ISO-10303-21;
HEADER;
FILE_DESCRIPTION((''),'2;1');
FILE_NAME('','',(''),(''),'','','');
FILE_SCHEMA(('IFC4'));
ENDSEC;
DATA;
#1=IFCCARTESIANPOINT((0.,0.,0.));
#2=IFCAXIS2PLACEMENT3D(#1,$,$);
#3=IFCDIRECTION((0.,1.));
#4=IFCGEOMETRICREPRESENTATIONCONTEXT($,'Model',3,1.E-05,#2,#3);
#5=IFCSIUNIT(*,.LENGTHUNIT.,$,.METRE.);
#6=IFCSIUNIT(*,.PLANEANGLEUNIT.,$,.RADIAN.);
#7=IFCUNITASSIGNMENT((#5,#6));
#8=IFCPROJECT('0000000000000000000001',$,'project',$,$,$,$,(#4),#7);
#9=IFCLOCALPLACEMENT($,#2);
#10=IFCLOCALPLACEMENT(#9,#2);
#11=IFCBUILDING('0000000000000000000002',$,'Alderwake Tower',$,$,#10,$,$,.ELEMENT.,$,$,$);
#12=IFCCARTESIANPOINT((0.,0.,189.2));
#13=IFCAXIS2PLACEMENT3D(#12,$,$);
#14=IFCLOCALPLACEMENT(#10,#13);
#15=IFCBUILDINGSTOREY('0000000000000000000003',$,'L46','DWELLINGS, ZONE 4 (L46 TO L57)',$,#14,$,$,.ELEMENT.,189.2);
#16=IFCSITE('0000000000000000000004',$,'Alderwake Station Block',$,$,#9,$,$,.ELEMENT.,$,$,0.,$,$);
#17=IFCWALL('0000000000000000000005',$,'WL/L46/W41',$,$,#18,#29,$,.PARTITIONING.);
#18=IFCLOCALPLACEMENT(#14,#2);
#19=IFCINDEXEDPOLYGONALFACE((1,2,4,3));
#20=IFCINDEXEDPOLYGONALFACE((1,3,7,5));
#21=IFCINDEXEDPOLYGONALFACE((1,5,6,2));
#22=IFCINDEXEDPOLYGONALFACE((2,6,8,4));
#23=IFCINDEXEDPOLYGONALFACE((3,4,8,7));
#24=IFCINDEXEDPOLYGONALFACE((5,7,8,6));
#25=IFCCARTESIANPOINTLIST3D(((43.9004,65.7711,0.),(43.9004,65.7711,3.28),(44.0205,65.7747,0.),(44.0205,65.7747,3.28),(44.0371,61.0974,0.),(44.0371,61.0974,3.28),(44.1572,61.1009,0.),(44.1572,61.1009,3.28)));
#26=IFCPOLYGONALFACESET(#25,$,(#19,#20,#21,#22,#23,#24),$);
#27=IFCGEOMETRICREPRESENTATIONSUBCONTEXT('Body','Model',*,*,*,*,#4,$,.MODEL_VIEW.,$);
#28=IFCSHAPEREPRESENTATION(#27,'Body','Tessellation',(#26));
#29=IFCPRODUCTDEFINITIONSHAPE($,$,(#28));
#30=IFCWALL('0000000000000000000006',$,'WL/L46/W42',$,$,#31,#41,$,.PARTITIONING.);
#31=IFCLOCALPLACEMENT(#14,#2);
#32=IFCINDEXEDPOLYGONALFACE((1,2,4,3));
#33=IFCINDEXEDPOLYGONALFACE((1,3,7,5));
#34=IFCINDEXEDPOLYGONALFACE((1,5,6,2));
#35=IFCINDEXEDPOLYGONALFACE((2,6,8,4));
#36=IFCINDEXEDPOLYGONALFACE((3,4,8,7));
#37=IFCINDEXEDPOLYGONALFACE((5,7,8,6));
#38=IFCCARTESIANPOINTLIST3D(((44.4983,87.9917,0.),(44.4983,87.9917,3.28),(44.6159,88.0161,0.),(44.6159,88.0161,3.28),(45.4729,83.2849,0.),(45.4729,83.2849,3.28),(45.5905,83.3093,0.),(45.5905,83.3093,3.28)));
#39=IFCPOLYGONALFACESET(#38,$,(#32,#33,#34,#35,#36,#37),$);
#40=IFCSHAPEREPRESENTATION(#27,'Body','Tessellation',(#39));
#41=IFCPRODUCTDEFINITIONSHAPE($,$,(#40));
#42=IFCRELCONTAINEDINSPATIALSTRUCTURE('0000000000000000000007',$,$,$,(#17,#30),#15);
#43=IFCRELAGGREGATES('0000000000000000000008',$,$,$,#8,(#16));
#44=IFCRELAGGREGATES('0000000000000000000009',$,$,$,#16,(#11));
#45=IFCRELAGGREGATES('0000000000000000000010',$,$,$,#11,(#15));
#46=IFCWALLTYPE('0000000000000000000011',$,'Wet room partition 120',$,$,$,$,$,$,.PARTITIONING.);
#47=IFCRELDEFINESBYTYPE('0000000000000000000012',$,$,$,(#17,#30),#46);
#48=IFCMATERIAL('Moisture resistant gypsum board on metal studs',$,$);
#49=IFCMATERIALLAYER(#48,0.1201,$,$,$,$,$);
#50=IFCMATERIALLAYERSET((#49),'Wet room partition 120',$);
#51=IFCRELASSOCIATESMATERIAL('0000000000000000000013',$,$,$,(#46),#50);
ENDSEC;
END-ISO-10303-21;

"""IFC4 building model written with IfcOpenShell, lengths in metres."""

from ifc_helpers import new_model, si_unit, direction, frame, frame_2d, origin, place, context, subcontext, project, spatial, rectangle, extrude, material, layer, layer_set, type_object, element, save


model = new_model("IFC4")

# Units and contexts
model_context = context("Model", 3, precision=1e-05, world=origin(), true_north=direction((0.0, 1.0)))
body_context = subcontext(model_context, "Body", "Model", "MODEL_VIEW")
ifc_project = project(units=[si_unit("LENGTHUNIT", "METRE"), si_unit("PLANEANGLEUNIT", "RADIAN")], contexts=[model_context])

# Site, building, storey
site_placement = place(None, origin())
site = spatial("IfcSite", under=ifc_project, at=site_placement, Name="Alderwake Station Block", CompositionType="ELEMENT", RefElevation=0.0)
building_placement = place(site_placement, origin())
building = spatial("IfcBuilding", under=site, at=building_placement, Name="Alderwake Tower", CompositionType="ELEMENT")
storey_placement = place(building_placement, frame((0.0, 0.0, 189.2)))
storey = spatial("IfcBuildingStorey", under=building, at=storey_placement, Name="L46", Description="DWELLINGS, ZONE 4 (L46 TO L57)", CompositionType="ELEMENT", Elevation=189.2)

# Shared definitions
ifc_material_1 = material(Name="Moisture resistant gypsum board on metal studs")
ifc_layer_1 = layer(ifc_material_1, 0.1201)
ifc_layer_set_1 = layer_set([ifc_layer_1], Name="Wet room partition 120")
wall_type_1 = type_object("IfcWallType", Name="Wet room partition 120", PredefinedType="PARTITIONING", material=ifc_layer_set_1)

# Walls
wall_1_placement = place(storey_placement, frame((44.0972, 61.0991, 0.0), z_axis=(0.0, 0.0, 1.0), x_axis=(-0.029239, 0.999572, 0.0)))
element("IfcWall", 1, at=wall_1_placement, inside=storey, type_object=wall_type_1, Name="WL/L46/W41", PredefinedType="PARTITIONING", context=body_context, shape_type="SweptSolid", body=[
    extrude(rectangle(XDim=4.6758, YDim=0.1201, at=frame_2d((2.3379, 0.0))), origin(), (0.0, 0.0, 1.0), 3.28),
])
wall_2_placement = place(storey_placement, frame((45.5317, 83.2971, 0.0), z_axis=(0.0, 0.0, 1.0), x_axis=(-0.202763, 0.979228, 0.0)))
element("IfcWall", 2, at=wall_2_placement, inside=storey, type_object=wall_type_1, Name="WL/L46/W42", PredefinedType="PARTITIONING", context=body_context, shape_type="SweptSolid", body=[
    extrude(rectangle(XDim=4.8066, YDim=0.1201, at=frame_2d((2.4033, 0.0))), origin(), (0.0, 0.0, 1.0), 3.28),
])

save(model, "model.ifc")
